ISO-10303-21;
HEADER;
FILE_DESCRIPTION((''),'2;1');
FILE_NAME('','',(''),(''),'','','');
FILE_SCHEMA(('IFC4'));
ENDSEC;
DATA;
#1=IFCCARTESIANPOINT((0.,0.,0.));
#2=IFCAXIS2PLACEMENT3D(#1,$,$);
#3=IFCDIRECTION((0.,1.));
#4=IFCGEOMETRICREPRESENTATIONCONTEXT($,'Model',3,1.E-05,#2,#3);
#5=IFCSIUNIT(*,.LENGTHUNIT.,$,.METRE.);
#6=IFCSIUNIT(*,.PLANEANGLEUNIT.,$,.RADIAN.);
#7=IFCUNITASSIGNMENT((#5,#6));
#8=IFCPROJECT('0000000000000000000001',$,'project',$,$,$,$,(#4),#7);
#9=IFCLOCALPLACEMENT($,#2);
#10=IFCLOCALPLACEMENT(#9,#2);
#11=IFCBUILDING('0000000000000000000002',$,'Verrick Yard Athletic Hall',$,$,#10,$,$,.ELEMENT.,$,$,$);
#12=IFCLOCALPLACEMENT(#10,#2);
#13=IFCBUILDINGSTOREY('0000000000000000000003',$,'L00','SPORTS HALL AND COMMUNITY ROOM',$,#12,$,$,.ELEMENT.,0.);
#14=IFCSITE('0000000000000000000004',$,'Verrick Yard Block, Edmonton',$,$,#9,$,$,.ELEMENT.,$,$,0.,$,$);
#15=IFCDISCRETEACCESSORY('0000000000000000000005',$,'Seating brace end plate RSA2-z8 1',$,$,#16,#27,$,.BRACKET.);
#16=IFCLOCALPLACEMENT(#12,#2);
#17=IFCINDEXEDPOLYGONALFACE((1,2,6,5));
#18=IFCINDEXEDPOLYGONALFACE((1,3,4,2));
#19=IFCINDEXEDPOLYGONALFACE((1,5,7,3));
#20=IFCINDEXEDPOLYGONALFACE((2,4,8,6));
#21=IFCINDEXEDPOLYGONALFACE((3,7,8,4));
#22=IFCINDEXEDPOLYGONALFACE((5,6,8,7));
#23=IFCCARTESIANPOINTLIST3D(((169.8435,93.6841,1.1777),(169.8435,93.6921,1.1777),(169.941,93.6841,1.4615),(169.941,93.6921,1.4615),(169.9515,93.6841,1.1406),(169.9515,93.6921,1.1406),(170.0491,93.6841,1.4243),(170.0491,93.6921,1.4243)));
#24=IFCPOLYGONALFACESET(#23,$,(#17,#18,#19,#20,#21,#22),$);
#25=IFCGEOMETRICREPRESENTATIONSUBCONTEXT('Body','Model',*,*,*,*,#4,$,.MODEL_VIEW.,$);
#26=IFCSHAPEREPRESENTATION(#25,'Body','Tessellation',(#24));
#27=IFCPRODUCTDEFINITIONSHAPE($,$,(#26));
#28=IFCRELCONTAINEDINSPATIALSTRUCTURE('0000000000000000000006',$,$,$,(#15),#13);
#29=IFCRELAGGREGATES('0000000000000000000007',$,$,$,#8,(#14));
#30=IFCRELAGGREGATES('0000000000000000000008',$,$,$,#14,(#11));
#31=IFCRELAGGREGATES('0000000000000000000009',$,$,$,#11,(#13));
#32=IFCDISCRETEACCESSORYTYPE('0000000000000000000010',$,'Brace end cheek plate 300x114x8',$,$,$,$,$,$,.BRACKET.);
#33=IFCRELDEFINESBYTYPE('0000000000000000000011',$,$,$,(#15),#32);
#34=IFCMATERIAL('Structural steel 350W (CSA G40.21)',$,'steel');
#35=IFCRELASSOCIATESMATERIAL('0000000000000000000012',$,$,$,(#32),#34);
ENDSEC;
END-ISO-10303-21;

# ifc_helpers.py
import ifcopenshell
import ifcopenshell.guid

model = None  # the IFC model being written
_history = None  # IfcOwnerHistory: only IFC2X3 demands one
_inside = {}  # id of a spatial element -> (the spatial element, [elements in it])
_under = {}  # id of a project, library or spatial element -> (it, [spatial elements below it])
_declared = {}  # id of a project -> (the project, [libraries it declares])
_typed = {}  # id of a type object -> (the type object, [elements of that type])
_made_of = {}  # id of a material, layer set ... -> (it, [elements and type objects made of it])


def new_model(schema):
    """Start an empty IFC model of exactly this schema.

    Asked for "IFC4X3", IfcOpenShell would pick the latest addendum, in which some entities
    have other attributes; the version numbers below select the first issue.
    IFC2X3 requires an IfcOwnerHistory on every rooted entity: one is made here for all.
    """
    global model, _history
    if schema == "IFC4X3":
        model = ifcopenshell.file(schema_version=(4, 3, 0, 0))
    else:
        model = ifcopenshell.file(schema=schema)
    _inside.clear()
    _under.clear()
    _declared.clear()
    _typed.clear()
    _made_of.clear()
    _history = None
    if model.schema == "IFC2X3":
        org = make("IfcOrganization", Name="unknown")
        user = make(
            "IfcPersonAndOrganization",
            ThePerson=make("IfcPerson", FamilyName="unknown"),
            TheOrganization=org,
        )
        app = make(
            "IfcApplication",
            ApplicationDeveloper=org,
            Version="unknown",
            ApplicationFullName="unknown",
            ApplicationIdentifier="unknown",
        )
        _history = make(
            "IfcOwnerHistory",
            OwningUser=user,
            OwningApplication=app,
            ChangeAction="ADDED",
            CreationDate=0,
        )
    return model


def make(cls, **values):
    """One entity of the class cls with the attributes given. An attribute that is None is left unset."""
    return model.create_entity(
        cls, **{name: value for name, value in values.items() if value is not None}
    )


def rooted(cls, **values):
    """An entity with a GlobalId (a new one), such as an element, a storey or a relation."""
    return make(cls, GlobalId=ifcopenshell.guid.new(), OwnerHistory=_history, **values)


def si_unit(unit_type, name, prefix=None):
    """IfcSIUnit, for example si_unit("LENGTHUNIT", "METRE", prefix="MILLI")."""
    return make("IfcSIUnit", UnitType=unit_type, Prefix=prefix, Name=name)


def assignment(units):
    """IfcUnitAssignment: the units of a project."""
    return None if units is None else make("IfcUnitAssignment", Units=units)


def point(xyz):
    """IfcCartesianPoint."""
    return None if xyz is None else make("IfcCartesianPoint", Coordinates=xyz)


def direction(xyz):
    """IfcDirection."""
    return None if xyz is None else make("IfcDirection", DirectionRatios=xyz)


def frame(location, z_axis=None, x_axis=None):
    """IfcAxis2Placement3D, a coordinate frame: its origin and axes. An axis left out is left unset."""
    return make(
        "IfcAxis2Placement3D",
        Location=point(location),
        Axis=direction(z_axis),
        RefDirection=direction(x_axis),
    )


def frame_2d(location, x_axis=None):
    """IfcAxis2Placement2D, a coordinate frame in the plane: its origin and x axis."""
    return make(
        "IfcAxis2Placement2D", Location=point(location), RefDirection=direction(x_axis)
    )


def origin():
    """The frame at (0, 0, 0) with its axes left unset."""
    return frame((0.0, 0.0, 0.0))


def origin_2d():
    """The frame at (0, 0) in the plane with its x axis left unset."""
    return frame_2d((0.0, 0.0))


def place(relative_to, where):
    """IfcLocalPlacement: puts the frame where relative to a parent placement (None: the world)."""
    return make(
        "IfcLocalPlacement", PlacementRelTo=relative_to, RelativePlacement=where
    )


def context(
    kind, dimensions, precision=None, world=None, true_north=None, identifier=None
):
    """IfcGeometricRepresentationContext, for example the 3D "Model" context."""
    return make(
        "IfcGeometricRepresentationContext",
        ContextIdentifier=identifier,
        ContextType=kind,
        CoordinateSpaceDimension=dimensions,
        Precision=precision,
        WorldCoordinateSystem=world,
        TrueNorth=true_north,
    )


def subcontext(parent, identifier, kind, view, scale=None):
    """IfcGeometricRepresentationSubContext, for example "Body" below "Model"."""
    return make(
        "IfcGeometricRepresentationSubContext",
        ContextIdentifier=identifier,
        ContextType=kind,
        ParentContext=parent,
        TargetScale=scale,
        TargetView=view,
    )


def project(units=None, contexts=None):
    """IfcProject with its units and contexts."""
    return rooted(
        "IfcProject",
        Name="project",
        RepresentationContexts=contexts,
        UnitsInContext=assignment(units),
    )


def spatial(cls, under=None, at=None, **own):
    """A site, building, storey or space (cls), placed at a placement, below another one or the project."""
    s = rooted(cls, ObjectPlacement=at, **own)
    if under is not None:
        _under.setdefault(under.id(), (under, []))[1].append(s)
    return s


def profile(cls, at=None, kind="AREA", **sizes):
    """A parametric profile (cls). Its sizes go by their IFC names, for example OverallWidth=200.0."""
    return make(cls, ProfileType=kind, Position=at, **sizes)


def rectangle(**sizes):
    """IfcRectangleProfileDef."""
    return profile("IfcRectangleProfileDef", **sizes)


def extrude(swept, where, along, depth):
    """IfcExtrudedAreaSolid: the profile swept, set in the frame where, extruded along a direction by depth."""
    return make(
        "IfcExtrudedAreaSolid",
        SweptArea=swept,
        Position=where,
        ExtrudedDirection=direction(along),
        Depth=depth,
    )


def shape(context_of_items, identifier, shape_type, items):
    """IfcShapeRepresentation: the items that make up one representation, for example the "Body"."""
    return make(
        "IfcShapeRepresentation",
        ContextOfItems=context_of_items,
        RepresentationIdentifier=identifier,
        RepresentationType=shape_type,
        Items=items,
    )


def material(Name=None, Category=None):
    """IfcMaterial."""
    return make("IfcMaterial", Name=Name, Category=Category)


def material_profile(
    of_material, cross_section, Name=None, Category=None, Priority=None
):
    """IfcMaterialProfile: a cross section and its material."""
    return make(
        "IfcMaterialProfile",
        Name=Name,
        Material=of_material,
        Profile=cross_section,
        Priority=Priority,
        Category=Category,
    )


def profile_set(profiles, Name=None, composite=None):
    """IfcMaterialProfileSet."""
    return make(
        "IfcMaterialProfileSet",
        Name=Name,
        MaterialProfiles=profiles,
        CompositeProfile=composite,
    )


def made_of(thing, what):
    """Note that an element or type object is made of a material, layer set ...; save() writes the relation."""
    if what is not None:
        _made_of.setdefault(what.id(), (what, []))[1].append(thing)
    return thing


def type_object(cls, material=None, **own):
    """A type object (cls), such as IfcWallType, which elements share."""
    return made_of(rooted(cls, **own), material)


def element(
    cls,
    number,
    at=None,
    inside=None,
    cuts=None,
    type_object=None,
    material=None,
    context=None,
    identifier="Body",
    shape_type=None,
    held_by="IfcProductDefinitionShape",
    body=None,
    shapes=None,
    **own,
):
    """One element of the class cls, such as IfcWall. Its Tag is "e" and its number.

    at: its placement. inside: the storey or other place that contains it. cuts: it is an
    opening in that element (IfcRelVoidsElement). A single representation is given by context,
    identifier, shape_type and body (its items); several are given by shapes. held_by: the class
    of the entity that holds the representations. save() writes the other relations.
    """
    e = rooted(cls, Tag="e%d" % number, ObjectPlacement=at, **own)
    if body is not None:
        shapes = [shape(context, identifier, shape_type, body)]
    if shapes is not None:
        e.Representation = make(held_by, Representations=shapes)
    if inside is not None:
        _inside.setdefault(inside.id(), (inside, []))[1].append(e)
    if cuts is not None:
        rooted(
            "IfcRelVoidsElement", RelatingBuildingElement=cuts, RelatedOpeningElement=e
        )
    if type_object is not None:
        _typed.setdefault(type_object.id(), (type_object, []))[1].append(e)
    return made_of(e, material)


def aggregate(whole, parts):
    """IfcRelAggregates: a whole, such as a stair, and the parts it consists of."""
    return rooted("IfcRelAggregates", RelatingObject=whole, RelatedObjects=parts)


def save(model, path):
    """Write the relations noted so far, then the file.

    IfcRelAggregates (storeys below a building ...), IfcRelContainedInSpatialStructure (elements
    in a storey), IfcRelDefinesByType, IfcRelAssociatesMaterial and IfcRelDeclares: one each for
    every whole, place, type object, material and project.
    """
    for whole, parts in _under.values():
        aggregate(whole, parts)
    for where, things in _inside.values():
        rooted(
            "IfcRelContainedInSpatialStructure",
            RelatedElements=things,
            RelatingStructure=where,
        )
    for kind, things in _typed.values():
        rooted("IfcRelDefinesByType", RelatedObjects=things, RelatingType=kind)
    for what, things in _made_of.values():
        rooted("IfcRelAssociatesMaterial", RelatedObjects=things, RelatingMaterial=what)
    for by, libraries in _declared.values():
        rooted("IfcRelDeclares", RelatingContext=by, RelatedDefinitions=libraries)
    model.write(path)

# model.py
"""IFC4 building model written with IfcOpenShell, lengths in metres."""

from ifc_helpers import new_model, si_unit, direction, frame, origin, origin_2d, place, context, subcontext, project, spatial, rectangle, extrude, material, material_profile, profile_set, type_object, element, save


model = new_model("IFC4")

# Units and contexts
model_context = context("Model", 3, precision=1e-05, world=origin(), true_north=direction((0.0, 1.0)))
body_context = subcontext(model_context, "Body", "Model", "MODEL_VIEW")
ifc_project = project(units=[si_unit("LENGTHUNIT", "METRE"), si_unit("PLANEANGLEUNIT", "RADIAN")], contexts=[model_context])

# Site, building, storey
site_placement = place(None, origin())
site = spatial("IfcSite", under=ifc_project, at=site_placement, Name="Verrick Yard Block, Edmonton", CompositionType="ELEMENT", RefElevation=0.0)
building_placement = place(site_placement, origin())
building = spatial("IfcBuilding", under=site, at=building_placement, Name="Verrick Yard Athletic Hall", CompositionType="ELEMENT")
storey_placement = place(building_placement, origin())
storey = spatial("IfcBuildingStorey", under=building, at=storey_placement, Name="L00", Description="SPORTS HALL AND COMMUNITY ROOM", CompositionType="ELEMENT", Elevation=0.0)

# Shared definitions
ifc_material_1 = material(Name="Structural steel 350W (CSA G40.21)", Category="steel")

# Discrete accessory
ifc_material_profile_1 = material_profile(ifc_material_1, rectangle(XDim=0.3, YDim=0.1143, at=origin_2d()), Name="Brace end cheek plate")
ifc_profile_set_1 = profile_set([ifc_material_profile_1], Name="Structural steel 350W (CSA G40.21)")
discrete_accessory_type = type_object("IfcDiscreteAccessoryType", Name="Brace end cheek plate 300x114x8", PredefinedType="BRACKET", material=ifc_profile_set_1)
for number, where, z_axis, x_axis, name in (
    (1, (169.9463, 93.6921, 1.301), (0.0, -1.0, 0.0), (-0.325058, 0.0, -0.945694), "Seating brace end plate RSA2-z8 1"),
):
    element("IfcDiscreteAccessory", number, at=place(storey_placement, frame(where, z_axis=z_axis, x_axis=x_axis)), inside=storey, type_object=discrete_accessory_type, Name=name, PredefinedType="BRACKET", context=body_context, shape_type="SweptSolid", body=[
        extrude(rectangle(XDim=0.3, YDim=0.1143, at=origin_2d()), origin(), (0.0, 0.0, 1.0), 0.0081),
    ])

save(model, "model.ifc")
